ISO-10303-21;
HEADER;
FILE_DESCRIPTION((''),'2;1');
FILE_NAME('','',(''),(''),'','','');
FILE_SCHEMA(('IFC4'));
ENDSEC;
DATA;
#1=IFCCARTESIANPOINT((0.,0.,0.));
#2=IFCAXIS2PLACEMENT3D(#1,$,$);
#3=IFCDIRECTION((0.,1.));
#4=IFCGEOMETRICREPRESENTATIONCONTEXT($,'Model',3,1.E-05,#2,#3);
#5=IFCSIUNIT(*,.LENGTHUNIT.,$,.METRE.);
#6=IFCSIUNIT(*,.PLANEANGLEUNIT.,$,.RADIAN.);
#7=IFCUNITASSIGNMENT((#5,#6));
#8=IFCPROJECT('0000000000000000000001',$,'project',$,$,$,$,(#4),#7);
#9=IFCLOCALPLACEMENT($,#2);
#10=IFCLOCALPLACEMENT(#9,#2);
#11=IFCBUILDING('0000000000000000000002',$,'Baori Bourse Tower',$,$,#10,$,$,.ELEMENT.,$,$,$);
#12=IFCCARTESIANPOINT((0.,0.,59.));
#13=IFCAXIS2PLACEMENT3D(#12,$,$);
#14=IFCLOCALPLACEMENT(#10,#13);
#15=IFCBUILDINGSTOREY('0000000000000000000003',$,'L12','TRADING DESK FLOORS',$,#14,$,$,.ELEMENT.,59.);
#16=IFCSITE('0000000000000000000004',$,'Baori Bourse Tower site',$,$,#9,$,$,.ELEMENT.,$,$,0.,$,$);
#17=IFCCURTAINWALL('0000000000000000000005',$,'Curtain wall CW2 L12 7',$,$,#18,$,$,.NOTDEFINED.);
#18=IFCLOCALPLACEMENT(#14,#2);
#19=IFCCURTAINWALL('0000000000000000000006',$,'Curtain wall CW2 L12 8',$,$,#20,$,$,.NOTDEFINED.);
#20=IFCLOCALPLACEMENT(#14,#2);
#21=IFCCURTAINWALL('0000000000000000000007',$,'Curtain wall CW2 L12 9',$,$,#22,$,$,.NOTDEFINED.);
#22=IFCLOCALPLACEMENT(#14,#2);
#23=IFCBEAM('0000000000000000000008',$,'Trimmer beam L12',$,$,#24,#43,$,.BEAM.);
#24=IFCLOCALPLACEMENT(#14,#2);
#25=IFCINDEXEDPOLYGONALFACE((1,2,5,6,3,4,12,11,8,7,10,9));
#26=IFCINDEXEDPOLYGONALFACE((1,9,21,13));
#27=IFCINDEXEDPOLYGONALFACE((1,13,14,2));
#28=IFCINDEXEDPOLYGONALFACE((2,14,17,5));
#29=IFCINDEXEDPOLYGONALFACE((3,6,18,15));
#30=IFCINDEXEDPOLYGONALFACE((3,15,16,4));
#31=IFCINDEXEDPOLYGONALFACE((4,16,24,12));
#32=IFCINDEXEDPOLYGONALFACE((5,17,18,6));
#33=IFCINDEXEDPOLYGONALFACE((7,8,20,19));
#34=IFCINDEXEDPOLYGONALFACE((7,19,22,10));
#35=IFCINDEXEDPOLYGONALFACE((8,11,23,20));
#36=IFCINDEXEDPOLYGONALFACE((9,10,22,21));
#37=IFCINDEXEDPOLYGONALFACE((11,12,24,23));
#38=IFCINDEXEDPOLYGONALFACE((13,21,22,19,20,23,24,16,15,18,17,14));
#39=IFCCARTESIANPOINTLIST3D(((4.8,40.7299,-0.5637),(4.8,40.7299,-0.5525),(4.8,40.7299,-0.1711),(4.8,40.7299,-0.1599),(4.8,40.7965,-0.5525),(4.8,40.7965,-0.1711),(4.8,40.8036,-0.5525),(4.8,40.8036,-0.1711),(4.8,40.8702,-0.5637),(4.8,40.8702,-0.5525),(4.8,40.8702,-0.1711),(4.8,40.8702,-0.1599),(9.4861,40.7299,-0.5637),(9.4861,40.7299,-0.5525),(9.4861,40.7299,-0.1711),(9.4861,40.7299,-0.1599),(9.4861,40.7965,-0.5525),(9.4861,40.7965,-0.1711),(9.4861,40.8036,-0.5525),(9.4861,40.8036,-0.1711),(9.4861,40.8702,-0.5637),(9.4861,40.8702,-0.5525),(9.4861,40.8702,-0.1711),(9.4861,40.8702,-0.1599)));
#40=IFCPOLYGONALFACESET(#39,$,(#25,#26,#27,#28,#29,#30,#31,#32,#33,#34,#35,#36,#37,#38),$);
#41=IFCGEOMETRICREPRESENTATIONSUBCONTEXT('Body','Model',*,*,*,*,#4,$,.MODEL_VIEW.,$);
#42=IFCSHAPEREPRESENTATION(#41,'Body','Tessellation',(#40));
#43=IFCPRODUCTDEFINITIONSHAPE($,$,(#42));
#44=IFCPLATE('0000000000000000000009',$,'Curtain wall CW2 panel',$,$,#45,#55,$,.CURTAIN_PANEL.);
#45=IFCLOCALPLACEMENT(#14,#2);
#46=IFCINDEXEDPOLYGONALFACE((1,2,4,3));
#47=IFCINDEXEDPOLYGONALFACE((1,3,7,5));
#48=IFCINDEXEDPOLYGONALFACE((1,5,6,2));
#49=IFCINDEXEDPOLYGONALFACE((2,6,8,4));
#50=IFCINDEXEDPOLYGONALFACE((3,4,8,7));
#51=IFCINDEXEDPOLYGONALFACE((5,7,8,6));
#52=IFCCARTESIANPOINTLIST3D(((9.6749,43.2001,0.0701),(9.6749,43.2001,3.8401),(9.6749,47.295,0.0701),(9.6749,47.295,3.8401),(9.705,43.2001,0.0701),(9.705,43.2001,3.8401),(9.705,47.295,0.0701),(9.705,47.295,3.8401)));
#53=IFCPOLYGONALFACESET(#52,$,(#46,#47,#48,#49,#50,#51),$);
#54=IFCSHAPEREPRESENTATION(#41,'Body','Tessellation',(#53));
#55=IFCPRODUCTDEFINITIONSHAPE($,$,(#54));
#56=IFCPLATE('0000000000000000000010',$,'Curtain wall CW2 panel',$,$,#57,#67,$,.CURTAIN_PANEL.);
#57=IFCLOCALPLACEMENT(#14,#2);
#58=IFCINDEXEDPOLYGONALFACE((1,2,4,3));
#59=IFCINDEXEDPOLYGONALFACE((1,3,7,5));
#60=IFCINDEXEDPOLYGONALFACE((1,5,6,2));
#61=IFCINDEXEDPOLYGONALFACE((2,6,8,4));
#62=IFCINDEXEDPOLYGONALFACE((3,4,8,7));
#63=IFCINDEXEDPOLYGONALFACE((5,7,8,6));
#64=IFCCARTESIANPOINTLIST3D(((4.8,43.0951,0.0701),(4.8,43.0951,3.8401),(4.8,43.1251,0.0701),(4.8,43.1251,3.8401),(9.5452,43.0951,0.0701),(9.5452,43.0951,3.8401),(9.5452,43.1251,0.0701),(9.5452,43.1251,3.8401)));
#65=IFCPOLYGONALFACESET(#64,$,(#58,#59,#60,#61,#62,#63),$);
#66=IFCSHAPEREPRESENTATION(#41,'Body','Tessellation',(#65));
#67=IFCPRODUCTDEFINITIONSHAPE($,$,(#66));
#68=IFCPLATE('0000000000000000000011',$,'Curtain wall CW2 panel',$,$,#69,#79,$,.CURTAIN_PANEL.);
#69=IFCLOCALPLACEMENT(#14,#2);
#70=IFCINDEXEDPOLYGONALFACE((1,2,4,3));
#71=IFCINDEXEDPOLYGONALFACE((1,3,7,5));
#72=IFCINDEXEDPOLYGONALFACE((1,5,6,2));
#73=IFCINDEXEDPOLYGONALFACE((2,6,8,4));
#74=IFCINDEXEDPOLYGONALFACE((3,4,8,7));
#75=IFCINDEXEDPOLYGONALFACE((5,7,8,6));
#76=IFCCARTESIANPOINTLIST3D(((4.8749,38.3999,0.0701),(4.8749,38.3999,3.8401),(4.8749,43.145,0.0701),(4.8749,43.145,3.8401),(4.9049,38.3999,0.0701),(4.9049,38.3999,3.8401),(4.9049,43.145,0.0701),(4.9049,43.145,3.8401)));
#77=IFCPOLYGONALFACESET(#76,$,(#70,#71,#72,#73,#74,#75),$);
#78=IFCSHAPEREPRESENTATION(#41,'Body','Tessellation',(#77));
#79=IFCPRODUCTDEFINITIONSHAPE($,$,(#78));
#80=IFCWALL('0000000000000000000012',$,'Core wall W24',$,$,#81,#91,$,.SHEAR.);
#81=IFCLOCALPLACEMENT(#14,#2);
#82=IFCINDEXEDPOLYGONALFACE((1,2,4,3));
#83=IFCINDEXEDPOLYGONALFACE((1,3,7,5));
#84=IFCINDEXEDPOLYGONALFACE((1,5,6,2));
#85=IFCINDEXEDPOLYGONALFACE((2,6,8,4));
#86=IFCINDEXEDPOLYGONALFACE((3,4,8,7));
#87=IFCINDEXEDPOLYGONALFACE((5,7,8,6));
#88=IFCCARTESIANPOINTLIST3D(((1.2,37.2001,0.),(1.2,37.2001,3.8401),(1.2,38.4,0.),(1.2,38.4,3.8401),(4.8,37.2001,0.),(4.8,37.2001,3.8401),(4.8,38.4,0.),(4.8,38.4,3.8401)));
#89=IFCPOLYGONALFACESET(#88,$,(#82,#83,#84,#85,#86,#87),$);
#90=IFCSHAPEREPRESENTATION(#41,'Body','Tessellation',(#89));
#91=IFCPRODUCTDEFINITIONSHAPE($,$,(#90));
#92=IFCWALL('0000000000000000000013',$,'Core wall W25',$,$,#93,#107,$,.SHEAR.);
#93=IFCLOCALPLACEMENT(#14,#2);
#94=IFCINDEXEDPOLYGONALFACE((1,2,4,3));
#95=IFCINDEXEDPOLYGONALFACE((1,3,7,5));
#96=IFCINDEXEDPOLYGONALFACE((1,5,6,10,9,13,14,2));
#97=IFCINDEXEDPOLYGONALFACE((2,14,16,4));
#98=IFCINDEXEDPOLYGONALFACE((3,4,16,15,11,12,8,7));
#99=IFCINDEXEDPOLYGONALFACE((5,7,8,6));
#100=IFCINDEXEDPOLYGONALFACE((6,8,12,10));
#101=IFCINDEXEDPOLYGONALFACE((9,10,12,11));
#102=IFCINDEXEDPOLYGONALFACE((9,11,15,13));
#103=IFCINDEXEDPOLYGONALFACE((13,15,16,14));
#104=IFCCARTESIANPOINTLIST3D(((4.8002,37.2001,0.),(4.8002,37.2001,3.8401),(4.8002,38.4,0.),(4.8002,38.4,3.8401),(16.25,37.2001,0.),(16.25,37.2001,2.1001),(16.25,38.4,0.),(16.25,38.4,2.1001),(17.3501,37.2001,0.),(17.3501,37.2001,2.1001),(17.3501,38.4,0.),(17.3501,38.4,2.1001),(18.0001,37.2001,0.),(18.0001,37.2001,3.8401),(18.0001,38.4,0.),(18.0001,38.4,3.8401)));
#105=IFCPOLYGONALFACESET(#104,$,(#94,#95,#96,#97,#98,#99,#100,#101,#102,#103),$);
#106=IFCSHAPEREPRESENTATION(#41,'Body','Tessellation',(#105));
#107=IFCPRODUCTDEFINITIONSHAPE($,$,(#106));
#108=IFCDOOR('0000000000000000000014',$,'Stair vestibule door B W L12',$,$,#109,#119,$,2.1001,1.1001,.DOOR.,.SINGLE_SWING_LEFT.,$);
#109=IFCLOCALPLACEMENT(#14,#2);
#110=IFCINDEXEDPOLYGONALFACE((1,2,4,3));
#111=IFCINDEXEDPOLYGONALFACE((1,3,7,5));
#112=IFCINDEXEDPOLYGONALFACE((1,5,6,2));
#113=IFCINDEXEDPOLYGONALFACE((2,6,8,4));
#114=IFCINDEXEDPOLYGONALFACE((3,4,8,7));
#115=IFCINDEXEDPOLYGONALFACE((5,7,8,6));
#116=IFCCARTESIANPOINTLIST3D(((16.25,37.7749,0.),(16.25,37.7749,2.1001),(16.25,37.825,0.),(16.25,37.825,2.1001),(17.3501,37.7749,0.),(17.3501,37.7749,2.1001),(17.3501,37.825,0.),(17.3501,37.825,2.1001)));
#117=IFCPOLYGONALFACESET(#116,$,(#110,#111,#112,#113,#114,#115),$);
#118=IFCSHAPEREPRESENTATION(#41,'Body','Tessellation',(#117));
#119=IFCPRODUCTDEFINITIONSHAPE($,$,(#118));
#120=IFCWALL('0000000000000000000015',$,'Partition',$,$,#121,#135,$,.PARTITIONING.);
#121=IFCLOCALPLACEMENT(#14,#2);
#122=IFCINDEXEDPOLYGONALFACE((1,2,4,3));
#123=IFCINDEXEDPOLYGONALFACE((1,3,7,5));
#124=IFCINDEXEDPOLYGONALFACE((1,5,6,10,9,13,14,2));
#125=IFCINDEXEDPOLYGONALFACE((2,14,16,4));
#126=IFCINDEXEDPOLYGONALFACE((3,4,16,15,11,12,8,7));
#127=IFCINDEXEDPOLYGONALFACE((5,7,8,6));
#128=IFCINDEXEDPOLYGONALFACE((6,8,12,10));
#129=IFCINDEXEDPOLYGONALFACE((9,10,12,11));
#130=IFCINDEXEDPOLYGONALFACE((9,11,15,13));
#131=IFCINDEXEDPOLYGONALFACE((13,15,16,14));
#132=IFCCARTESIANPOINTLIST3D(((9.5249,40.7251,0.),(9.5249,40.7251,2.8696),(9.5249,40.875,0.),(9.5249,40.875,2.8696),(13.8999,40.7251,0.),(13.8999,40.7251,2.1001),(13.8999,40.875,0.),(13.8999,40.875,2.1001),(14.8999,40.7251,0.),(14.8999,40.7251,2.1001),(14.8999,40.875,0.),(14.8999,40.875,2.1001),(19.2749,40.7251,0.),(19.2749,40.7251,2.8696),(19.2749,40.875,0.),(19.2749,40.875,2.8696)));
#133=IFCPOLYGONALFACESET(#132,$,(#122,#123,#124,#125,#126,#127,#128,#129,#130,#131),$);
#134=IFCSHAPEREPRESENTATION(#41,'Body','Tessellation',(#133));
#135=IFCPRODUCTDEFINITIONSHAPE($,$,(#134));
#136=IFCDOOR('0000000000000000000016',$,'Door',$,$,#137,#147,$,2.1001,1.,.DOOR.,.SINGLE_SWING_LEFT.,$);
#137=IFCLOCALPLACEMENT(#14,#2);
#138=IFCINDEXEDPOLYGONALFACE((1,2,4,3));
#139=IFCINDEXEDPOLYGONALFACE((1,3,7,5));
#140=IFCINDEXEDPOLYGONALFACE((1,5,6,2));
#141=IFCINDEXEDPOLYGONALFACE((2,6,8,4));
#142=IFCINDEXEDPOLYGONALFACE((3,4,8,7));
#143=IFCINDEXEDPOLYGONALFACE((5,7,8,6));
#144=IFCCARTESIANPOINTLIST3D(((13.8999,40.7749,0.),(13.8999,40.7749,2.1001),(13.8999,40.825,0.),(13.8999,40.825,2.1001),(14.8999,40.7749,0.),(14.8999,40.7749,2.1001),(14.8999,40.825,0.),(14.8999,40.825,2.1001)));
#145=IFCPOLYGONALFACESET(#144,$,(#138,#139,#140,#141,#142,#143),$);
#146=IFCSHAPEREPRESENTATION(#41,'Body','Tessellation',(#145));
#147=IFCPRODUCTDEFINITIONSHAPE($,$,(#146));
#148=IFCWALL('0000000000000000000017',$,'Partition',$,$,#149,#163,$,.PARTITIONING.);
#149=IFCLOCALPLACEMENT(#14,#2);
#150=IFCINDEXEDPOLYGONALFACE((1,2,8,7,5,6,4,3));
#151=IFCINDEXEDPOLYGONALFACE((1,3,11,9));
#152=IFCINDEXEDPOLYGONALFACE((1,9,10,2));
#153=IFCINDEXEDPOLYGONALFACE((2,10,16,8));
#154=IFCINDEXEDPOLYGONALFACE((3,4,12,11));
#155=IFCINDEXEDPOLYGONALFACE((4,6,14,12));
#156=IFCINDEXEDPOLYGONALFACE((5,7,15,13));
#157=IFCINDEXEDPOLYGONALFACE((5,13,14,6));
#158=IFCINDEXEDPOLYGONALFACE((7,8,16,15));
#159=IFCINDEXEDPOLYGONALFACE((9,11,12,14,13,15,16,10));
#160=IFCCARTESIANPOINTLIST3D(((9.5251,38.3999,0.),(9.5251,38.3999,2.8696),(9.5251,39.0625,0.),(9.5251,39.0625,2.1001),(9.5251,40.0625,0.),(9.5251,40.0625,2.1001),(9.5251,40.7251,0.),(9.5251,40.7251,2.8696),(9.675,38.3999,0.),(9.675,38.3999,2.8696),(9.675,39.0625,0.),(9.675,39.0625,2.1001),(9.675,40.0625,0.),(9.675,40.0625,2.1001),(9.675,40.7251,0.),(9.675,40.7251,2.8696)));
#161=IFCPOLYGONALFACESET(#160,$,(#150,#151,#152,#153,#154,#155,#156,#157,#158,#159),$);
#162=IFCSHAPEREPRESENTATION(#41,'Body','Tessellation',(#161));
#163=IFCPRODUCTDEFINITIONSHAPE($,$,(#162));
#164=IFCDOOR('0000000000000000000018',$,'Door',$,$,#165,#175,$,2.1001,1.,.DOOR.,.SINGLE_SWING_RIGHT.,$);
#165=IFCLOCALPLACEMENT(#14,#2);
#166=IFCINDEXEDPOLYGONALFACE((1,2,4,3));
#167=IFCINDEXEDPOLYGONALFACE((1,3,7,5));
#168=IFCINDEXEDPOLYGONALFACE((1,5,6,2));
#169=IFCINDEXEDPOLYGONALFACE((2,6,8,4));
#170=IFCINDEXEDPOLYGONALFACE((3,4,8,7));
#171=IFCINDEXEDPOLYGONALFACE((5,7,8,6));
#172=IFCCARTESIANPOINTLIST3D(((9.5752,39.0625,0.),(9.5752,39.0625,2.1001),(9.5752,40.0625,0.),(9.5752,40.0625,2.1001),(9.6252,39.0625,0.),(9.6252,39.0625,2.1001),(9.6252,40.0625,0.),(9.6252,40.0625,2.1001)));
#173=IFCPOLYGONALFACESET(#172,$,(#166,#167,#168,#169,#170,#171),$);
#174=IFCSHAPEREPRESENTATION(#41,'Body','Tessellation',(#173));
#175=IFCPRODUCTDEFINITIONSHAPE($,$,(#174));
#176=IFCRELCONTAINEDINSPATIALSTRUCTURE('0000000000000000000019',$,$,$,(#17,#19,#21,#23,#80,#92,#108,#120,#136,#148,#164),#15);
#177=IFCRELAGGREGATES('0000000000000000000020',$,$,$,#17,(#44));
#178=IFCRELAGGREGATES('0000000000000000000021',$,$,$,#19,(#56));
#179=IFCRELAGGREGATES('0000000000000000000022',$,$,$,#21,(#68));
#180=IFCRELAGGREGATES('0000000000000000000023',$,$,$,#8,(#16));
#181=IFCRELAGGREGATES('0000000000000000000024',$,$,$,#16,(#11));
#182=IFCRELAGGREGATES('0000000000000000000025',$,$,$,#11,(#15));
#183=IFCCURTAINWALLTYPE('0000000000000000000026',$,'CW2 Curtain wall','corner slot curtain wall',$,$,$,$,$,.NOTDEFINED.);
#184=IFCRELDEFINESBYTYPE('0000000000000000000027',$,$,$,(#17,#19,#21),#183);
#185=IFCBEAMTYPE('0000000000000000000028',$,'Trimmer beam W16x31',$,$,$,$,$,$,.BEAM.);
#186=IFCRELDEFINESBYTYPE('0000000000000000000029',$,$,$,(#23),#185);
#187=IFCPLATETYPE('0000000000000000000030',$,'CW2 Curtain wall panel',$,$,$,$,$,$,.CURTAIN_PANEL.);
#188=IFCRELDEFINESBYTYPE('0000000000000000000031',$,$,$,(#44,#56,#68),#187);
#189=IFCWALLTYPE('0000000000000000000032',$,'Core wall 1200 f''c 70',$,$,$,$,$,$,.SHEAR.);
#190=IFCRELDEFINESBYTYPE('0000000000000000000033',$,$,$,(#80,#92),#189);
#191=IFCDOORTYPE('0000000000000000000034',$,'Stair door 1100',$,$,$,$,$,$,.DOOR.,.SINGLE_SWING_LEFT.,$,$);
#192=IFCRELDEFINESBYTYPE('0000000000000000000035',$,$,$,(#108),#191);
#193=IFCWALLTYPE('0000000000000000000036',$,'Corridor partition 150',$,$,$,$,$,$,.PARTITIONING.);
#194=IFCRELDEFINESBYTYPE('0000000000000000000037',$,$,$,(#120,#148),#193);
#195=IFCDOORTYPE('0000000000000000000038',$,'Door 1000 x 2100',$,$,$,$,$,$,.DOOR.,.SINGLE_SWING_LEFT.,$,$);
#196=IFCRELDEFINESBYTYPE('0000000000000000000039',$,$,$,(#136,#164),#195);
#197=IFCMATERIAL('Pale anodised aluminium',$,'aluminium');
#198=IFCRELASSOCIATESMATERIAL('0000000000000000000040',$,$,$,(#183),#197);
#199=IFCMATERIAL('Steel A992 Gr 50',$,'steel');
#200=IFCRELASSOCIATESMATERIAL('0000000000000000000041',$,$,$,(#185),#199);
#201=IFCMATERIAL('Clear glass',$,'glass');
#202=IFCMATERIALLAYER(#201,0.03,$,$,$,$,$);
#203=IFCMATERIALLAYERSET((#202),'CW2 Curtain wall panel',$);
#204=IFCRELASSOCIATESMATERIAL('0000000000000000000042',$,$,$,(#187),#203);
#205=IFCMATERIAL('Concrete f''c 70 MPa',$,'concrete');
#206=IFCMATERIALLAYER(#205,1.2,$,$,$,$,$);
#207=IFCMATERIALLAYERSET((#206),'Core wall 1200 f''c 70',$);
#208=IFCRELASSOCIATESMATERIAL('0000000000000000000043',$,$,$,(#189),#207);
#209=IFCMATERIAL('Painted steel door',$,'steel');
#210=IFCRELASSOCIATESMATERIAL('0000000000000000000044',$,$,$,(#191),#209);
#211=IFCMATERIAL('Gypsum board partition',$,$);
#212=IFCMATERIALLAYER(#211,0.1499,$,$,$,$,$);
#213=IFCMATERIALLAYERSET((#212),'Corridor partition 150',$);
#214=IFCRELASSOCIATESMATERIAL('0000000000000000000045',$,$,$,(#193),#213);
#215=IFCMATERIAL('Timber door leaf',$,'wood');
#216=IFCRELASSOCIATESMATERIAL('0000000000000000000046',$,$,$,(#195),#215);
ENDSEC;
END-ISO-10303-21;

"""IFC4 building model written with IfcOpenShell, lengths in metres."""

from ifc_helpers import new_model, si_unit, direction, frame, frame_2d, origin, origin_2d, place, context, subcontext, project, spatial, rectangle, i_section, extrude, material, layer, layer_set, material_profile, profile_set, type_object, element, fill, aggregate, save


model = new_model("IFC4")

# Units and contexts
model_context = context("Model", 3, precision=1e-05, world=origin(), true_north=direction((0.0, 1.0)))
body_context = subcontext(model_context, "Body", "Model", "MODEL_VIEW")
ifc_project = project(units=[si_unit("LENGTHUNIT", "METRE"), si_unit("PLANEANGLEUNIT", "RADIAN")], contexts=[model_context])

# Site, building, storey
site_placement = place(None, origin())
site = spatial("IfcSite", under=ifc_project, at=site_placement, Name="Baori Bourse Tower site", CompositionType="ELEMENT", RefElevation=0.0)
building_placement = place(site_placement, origin())
building = spatial("IfcBuilding", under=site, at=building_placement, Name="Baori Bourse Tower", CompositionType="ELEMENT")
storey_placement = place(building_placement, frame((0.0, 0.0, 59.0)))
storey = spatial("IfcBuildingStorey", under=building, at=storey_placement, Name="L12", Description="TRADING DESK FLOORS", CompositionType="ELEMENT", Elevation=59.0)

# Curtain walls
ifc_material_1 = material(Name="Pale anodised aluminium", Category="aluminium")
curtain_wall_type = type_object("IfcCurtainWallType", Name="CW2 Curtain wall", Description="corner slot curtain wall", PredefinedType="NOTDEFINED", material=ifc_material_1)
curtain_wall_1_placement = place(storey_placement, origin())
curtain_wall_1 = element("IfcCurtainWall", 1, at=curtain_wall_1_placement, inside=storey, type_object=curtain_wall_type, Name="Curtain wall CW2 L12 7", PredefinedType="NOTDEFINED")
curtain_wall_2_placement = place(storey_placement, origin())
curtain_wall_2 = element("IfcCurtainWall", 2, at=curtain_wall_2_placement, inside=storey, type_object=curtain_wall_type, Name="Curtain wall CW2 L12 8", PredefinedType="NOTDEFINED")
curtain_wall_3_placement = place(storey_placement, origin())
curtain_wall_3 = element("IfcCurtainWall", 3, at=curtain_wall_3_placement, inside=storey, type_object=curtain_wall_type, Name="Curtain wall CW2 L12 9", PredefinedType="NOTDEFINED")

# Beam
ifc_material_2 = material(Name="Steel A992 Gr 50", Category="steel")
ifc_material_profile_1 = material_profile(ifc_material_2, i_section(OverallWidth=0.1404, OverallDepth=0.4038, WebThickness=0.0071, FlangeThickness=0.0112, at=origin_2d()), Name="W16x31")
ifc_profile_set_1 = profile_set([ifc_material_profile_1], Name="Steel A992 Gr 50")
beam_type_1 = type_object("IfcBeamType", Name="Trimmer beam W16x31", PredefinedType="BEAM", material=ifc_profile_set_1)
beam_1_placement = place(storey_placement, frame((4.8, 40.8, -0.3618), z_axis=(1.0, 0.0, 0.0), x_axis=(0.0, 1.0, 0.0)))
element("IfcBeam", 4, at=beam_1_placement, inside=storey, type_object=beam_type_1, Name="Trimmer beam L12", PredefinedType="BEAM", context=body_context, shape_type="SweptSolid", body=[
    extrude(i_section(OverallWidth=0.1404, OverallDepth=0.4038, WebThickness=0.0071, FlangeThickness=0.0112, at=origin_2d()), origin(), (0.0, 0.0, 1.0), 4.686),
])

# Plates
ifc_material_3 = material(Name="Clear glass", Category="glass")
ifc_layer_1 = layer(ifc_material_3, 0.03)
ifc_layer_set_1 = layer_set([ifc_layer_1], Name="CW2 Curtain wall panel")
plate_type = type_object("IfcPlateType", Name="CW2 Curtain wall panel", PredefinedType="CURTAIN_PANEL", material=ifc_layer_set_1)
plate_1_placement = place(storey_placement, frame((9.6899, 45.2476, 0.0701), z_axis=(0.0, 0.0, 1.0), x_axis=(0.0, -1.0, 0.0)))
plate_1 = element("IfcPlate", 5, at=plate_1_placement, type_object=plate_type, Name="Curtain wall CW2 panel", PredefinedType="CURTAIN_PANEL", context=body_context, shape_type="SweptSolid", body=[
    extrude(rectangle(XDim=4.095, YDim=0.03, at=origin_2d()), origin(), (0.0, 0.0, 1.0), 3.77),
])
aggregate(curtain_wall_1, [plate_1])
plate_2_placement = place(storey_placement, frame((7.1726, 43.1101, 0.0701), z_axis=(0.0, 0.0, 1.0), x_axis=(-1.0, 0.0, 0.0)))
plate_2 = element("IfcPlate", 6, at=plate_2_placement, type_object=plate_type, Name="Curtain wall CW2 panel", PredefinedType="CURTAIN_PANEL", context=body_context, shape_type="SweptSolid", body=[
    extrude(rectangle(XDim=4.7451, YDim=0.03, at=origin_2d()), origin(), (0.0, 0.0, 1.0), 3.77),
])
aggregate(curtain_wall_2, [plate_2])
plate_3_placement = place(storey_placement, frame((4.8899, 40.7725, 0.0701), z_axis=(0.0, 0.0, 1.0), x_axis=(0.0, -1.0, 0.0)))
plate_3 = element("IfcPlate", 7, at=plate_3_placement, type_object=plate_type, Name="Curtain wall CW2 panel", PredefinedType="CURTAIN_PANEL", context=body_context, shape_type="SweptSolid", body=[
    extrude(rectangle(XDim=4.7451, YDim=0.03, at=origin_2d()), origin(), (0.0, 0.0, 1.0), 3.77),
])
aggregate(curtain_wall_3, [plate_3])

# Wall
ifc_material_4 = material(Name="Concrete f'c 70 MPa", Category="concrete")
ifc_layer_2 = layer(ifc_material_4, 1.2)
ifc_layer_set_2 = layer_set([ifc_layer_2], Name="Core wall 1200 f'c 70")
wall_type_1 = type_object("IfcWallType", Name="Core wall 1200 f'c 70", PredefinedType="SHEAR", material=ifc_layer_set_2)
wall_1_placement = place(storey_placement, frame((1.2, 37.8, 0.0), z_axis=(0.0, 0.0, 1.0), x_axis=(1.0, 0.0, 0.0)))
element("IfcWall", 8, at=wall_1_placement, inside=storey, type_object=wall_type_1, Name="Core wall W24", PredefinedType="SHEAR", context=body_context, shape_type="SweptSolid", body=[
    extrude(rectangle(XDim=3.6001, YDim=1.2, at=frame_2d((1.8, 0.0))), origin(), (0.0, 0.0, 1.0), 3.8401),
])

# Walls, openings, doors
wall_2_placement = place(storey_placement, frame((4.8, 37.8, 0.0), z_axis=(0.0, 0.0, 1.0), x_axis=(1.0, 0.0, 0.0)))
wall_2 = element("IfcWall", 9, at=wall_2_placement, inside=storey, type_object=wall_type_1, Name="Core wall W25", PredefinedType="SHEAR", context=body_context, shape_type="SweptSolid", body=[
    extrude(rectangle(XDim=13.2, YDim=1.2, at=frame_2d((6.6001, 0.0))), origin(), (0.0, 0.0, 1.0), 3.8401),
])
opening_1_placement = place(wall_2_placement, frame((11.45, 0.0, 0.0)))
opening_1 = element("IfcOpeningElement", 10, at=opening_1_placement, cuts=wall_2, PredefinedType="OPENING", context=body_context, shape_type="SweptSolid", body=[
    extrude(rectangle(XDim=1.1001, YDim=2.1001, at=frame_2d((0.55, 1.05))), frame((0.0, 0.6099, 0.0), z_axis=(0.0, -1.0, 0.0), x_axis=(1.0, 0.0, 0.0)), (0.0, 0.0, 1.0), 1.22),
])
ifc_material_5 = material(Name="Painted steel door", Category="steel")
door_type_1 = type_object("IfcDoorType", Name="Stair door 1100", OperationType="SINGLE_SWING_LEFT", PredefinedType="DOOR", material=ifc_material_5)
door_1_placement = place(opening_1_placement, origin())
door_1 = element("IfcDoor", 11, at=door_1_placement, inside=storey, type_object=door_type_1, Name="Stair vestibule door B W L12", OperationType="SINGLE_SWING_LEFT", OverallHeight=2.1001, OverallWidth=1.1001, PredefinedType="DOOR", context=body_context, shape_type="SweptSolid", body=[
    extrude(rectangle(XDim=1.1001, YDim=2.1001, at=frame_2d((0.55, 1.05))), frame((0.0, 0.0249, 0.0), z_axis=(0.0, -1.0, 0.0), x_axis=(1.0, 0.0, 0.0)), (0.0, 0.0, 1.0), 0.05),
])
fill(opening_1, door_1)
ifc_material_6 = material(Name="Gypsum board partition")
ifc_layer_3 = layer(ifc_material_6, 0.1499)
ifc_layer_set_3 = layer_set([ifc_layer_3], Name="Corridor partition 150")
wall_type_2 = type_object("IfcWallType", Name="Corridor partition 150", PredefinedType="PARTITIONING", material=ifc_layer_set_3)
wall_3_placement = place(storey_placement, frame((9.5249, 40.8, 0.0), z_axis=(0.0, 0.0, 1.0), x_axis=(1.0, 0.0, 0.0)))
wall_3 = element("IfcWall", 12, at=wall_3_placement, inside=storey, type_object=wall_type_2, Name="Partition", PredefinedType="PARTITIONING", context=body_context, shape_type="SweptSolid", body=[
    extrude(rectangle(XDim=9.75, YDim=0.1499, at=frame_2d((4.875, 0.0))), origin(), (0.0, 0.0, 1.0), 2.8696),
])
opening_2_placement = place(wall_3_placement, frame((4.375, 0.0, 0.0)))
opening_2 = element("IfcOpeningElement", 13, at=opening_2_placement, cuts=wall_3, PredefinedType="OPENING", context=body_context, shape_type="SweptSolid", body=[
    extrude(rectangle(XDim=1.0, YDim=2.1001, at=frame_2d((0.5, 1.05))), frame((0.0, 0.085, 0.0), z_axis=(0.0, -1.0, 0.0), x_axis=(1.0, 0.0, 0.0)), (0.0, 0.0, 1.0), 0.1699),
])
ifc_material_7 = material(Name="Timber door leaf", Category="wood")
door_type_2 = type_object("IfcDoorType", Name="Door 1000 x 2100", OperationType="SINGLE_SWING_LEFT", PredefinedType="DOOR", material=ifc_material_7)
door_2_placement = place(opening_2_placement, origin())
door_2 = element("IfcDoor", 14, at=door_2_placement, inside=storey, type_object=door_type_2, Name="Door", OperationType="SINGLE_SWING_LEFT", OverallHeight=2.1001, OverallWidth=1.0, PredefinedType="DOOR", context=body_context, shape_type="SweptSolid", body=[
    extrude(rectangle(XDim=1.0, YDim=2.1001, at=frame_2d((0.5, 1.05))), frame((0.0, 0.0249, 0.0), z_axis=(0.0, -1.0, 0.0), x_axis=(1.0, 0.0, 0.0)), (0.0, 0.0, 1.0), 0.05),
])
fill(opening_2, door_2)
wall_4_placement = place(storey_placement, frame((9.6001, 38.3999, 0.0), z_axis=(0.0, 0.0, 1.0), x_axis=(0.0, 1.0, 0.0)))
wall_4 = element("IfcWall", 15, at=wall_4_placement, inside=storey, type_object=wall_type_2, Name="Partition", PredefinedType="PARTITIONING", context=body_context, shape_type="SweptSolid", body=[
    extrude(rectangle(XDim=2.3252, YDim=0.1499, at=frame_2d((1.1626, 0.0))), origin(), (0.0, 0.0, 1.0), 2.8696),
])
opening_3_placement = place(wall_4_placement, frame((0.6626, 0.0, 0.0)))
opening_3 = element("IfcOpeningElement", 16, at=opening_3_placement, cuts=wall_4, PredefinedType="OPENING", context=body_context, shape_type="SweptSolid", body=[
    extrude(rectangle(XDim=1.0, YDim=2.1001, at=frame_2d((0.5, 1.05))), frame((0.0, 0.085, 0.0), z_axis=(0.0, -1.0, 0.0), x_axis=(1.0, 0.0, 0.0)), (0.0, 0.0, 1.0), 0.1699),
])
door_3_placement = place(opening_3_placement, origin())
door_3 = element("IfcDoor", 17, at=door_3_placement, inside=storey, type_object=door_type_2, Name="Door", OperationType="SINGLE_SWING_RIGHT", OverallHeight=2.1001, OverallWidth=1.0, PredefinedType="DOOR", context=body_context, shape_type="SweptSolid", body=[
    extrude(rectangle(XDim=1.0, YDim=2.1001, at=frame_2d((0.5, 1.05))), frame((0.0, 0.0249, 0.0), z_axis=(0.0, -1.0, 0.0), x_axis=(1.0, 0.0, 0.0)), (0.0, 0.0, 1.0), 0.05),
])
fill(opening_3, door_3)

save(model, "model.ifc")
